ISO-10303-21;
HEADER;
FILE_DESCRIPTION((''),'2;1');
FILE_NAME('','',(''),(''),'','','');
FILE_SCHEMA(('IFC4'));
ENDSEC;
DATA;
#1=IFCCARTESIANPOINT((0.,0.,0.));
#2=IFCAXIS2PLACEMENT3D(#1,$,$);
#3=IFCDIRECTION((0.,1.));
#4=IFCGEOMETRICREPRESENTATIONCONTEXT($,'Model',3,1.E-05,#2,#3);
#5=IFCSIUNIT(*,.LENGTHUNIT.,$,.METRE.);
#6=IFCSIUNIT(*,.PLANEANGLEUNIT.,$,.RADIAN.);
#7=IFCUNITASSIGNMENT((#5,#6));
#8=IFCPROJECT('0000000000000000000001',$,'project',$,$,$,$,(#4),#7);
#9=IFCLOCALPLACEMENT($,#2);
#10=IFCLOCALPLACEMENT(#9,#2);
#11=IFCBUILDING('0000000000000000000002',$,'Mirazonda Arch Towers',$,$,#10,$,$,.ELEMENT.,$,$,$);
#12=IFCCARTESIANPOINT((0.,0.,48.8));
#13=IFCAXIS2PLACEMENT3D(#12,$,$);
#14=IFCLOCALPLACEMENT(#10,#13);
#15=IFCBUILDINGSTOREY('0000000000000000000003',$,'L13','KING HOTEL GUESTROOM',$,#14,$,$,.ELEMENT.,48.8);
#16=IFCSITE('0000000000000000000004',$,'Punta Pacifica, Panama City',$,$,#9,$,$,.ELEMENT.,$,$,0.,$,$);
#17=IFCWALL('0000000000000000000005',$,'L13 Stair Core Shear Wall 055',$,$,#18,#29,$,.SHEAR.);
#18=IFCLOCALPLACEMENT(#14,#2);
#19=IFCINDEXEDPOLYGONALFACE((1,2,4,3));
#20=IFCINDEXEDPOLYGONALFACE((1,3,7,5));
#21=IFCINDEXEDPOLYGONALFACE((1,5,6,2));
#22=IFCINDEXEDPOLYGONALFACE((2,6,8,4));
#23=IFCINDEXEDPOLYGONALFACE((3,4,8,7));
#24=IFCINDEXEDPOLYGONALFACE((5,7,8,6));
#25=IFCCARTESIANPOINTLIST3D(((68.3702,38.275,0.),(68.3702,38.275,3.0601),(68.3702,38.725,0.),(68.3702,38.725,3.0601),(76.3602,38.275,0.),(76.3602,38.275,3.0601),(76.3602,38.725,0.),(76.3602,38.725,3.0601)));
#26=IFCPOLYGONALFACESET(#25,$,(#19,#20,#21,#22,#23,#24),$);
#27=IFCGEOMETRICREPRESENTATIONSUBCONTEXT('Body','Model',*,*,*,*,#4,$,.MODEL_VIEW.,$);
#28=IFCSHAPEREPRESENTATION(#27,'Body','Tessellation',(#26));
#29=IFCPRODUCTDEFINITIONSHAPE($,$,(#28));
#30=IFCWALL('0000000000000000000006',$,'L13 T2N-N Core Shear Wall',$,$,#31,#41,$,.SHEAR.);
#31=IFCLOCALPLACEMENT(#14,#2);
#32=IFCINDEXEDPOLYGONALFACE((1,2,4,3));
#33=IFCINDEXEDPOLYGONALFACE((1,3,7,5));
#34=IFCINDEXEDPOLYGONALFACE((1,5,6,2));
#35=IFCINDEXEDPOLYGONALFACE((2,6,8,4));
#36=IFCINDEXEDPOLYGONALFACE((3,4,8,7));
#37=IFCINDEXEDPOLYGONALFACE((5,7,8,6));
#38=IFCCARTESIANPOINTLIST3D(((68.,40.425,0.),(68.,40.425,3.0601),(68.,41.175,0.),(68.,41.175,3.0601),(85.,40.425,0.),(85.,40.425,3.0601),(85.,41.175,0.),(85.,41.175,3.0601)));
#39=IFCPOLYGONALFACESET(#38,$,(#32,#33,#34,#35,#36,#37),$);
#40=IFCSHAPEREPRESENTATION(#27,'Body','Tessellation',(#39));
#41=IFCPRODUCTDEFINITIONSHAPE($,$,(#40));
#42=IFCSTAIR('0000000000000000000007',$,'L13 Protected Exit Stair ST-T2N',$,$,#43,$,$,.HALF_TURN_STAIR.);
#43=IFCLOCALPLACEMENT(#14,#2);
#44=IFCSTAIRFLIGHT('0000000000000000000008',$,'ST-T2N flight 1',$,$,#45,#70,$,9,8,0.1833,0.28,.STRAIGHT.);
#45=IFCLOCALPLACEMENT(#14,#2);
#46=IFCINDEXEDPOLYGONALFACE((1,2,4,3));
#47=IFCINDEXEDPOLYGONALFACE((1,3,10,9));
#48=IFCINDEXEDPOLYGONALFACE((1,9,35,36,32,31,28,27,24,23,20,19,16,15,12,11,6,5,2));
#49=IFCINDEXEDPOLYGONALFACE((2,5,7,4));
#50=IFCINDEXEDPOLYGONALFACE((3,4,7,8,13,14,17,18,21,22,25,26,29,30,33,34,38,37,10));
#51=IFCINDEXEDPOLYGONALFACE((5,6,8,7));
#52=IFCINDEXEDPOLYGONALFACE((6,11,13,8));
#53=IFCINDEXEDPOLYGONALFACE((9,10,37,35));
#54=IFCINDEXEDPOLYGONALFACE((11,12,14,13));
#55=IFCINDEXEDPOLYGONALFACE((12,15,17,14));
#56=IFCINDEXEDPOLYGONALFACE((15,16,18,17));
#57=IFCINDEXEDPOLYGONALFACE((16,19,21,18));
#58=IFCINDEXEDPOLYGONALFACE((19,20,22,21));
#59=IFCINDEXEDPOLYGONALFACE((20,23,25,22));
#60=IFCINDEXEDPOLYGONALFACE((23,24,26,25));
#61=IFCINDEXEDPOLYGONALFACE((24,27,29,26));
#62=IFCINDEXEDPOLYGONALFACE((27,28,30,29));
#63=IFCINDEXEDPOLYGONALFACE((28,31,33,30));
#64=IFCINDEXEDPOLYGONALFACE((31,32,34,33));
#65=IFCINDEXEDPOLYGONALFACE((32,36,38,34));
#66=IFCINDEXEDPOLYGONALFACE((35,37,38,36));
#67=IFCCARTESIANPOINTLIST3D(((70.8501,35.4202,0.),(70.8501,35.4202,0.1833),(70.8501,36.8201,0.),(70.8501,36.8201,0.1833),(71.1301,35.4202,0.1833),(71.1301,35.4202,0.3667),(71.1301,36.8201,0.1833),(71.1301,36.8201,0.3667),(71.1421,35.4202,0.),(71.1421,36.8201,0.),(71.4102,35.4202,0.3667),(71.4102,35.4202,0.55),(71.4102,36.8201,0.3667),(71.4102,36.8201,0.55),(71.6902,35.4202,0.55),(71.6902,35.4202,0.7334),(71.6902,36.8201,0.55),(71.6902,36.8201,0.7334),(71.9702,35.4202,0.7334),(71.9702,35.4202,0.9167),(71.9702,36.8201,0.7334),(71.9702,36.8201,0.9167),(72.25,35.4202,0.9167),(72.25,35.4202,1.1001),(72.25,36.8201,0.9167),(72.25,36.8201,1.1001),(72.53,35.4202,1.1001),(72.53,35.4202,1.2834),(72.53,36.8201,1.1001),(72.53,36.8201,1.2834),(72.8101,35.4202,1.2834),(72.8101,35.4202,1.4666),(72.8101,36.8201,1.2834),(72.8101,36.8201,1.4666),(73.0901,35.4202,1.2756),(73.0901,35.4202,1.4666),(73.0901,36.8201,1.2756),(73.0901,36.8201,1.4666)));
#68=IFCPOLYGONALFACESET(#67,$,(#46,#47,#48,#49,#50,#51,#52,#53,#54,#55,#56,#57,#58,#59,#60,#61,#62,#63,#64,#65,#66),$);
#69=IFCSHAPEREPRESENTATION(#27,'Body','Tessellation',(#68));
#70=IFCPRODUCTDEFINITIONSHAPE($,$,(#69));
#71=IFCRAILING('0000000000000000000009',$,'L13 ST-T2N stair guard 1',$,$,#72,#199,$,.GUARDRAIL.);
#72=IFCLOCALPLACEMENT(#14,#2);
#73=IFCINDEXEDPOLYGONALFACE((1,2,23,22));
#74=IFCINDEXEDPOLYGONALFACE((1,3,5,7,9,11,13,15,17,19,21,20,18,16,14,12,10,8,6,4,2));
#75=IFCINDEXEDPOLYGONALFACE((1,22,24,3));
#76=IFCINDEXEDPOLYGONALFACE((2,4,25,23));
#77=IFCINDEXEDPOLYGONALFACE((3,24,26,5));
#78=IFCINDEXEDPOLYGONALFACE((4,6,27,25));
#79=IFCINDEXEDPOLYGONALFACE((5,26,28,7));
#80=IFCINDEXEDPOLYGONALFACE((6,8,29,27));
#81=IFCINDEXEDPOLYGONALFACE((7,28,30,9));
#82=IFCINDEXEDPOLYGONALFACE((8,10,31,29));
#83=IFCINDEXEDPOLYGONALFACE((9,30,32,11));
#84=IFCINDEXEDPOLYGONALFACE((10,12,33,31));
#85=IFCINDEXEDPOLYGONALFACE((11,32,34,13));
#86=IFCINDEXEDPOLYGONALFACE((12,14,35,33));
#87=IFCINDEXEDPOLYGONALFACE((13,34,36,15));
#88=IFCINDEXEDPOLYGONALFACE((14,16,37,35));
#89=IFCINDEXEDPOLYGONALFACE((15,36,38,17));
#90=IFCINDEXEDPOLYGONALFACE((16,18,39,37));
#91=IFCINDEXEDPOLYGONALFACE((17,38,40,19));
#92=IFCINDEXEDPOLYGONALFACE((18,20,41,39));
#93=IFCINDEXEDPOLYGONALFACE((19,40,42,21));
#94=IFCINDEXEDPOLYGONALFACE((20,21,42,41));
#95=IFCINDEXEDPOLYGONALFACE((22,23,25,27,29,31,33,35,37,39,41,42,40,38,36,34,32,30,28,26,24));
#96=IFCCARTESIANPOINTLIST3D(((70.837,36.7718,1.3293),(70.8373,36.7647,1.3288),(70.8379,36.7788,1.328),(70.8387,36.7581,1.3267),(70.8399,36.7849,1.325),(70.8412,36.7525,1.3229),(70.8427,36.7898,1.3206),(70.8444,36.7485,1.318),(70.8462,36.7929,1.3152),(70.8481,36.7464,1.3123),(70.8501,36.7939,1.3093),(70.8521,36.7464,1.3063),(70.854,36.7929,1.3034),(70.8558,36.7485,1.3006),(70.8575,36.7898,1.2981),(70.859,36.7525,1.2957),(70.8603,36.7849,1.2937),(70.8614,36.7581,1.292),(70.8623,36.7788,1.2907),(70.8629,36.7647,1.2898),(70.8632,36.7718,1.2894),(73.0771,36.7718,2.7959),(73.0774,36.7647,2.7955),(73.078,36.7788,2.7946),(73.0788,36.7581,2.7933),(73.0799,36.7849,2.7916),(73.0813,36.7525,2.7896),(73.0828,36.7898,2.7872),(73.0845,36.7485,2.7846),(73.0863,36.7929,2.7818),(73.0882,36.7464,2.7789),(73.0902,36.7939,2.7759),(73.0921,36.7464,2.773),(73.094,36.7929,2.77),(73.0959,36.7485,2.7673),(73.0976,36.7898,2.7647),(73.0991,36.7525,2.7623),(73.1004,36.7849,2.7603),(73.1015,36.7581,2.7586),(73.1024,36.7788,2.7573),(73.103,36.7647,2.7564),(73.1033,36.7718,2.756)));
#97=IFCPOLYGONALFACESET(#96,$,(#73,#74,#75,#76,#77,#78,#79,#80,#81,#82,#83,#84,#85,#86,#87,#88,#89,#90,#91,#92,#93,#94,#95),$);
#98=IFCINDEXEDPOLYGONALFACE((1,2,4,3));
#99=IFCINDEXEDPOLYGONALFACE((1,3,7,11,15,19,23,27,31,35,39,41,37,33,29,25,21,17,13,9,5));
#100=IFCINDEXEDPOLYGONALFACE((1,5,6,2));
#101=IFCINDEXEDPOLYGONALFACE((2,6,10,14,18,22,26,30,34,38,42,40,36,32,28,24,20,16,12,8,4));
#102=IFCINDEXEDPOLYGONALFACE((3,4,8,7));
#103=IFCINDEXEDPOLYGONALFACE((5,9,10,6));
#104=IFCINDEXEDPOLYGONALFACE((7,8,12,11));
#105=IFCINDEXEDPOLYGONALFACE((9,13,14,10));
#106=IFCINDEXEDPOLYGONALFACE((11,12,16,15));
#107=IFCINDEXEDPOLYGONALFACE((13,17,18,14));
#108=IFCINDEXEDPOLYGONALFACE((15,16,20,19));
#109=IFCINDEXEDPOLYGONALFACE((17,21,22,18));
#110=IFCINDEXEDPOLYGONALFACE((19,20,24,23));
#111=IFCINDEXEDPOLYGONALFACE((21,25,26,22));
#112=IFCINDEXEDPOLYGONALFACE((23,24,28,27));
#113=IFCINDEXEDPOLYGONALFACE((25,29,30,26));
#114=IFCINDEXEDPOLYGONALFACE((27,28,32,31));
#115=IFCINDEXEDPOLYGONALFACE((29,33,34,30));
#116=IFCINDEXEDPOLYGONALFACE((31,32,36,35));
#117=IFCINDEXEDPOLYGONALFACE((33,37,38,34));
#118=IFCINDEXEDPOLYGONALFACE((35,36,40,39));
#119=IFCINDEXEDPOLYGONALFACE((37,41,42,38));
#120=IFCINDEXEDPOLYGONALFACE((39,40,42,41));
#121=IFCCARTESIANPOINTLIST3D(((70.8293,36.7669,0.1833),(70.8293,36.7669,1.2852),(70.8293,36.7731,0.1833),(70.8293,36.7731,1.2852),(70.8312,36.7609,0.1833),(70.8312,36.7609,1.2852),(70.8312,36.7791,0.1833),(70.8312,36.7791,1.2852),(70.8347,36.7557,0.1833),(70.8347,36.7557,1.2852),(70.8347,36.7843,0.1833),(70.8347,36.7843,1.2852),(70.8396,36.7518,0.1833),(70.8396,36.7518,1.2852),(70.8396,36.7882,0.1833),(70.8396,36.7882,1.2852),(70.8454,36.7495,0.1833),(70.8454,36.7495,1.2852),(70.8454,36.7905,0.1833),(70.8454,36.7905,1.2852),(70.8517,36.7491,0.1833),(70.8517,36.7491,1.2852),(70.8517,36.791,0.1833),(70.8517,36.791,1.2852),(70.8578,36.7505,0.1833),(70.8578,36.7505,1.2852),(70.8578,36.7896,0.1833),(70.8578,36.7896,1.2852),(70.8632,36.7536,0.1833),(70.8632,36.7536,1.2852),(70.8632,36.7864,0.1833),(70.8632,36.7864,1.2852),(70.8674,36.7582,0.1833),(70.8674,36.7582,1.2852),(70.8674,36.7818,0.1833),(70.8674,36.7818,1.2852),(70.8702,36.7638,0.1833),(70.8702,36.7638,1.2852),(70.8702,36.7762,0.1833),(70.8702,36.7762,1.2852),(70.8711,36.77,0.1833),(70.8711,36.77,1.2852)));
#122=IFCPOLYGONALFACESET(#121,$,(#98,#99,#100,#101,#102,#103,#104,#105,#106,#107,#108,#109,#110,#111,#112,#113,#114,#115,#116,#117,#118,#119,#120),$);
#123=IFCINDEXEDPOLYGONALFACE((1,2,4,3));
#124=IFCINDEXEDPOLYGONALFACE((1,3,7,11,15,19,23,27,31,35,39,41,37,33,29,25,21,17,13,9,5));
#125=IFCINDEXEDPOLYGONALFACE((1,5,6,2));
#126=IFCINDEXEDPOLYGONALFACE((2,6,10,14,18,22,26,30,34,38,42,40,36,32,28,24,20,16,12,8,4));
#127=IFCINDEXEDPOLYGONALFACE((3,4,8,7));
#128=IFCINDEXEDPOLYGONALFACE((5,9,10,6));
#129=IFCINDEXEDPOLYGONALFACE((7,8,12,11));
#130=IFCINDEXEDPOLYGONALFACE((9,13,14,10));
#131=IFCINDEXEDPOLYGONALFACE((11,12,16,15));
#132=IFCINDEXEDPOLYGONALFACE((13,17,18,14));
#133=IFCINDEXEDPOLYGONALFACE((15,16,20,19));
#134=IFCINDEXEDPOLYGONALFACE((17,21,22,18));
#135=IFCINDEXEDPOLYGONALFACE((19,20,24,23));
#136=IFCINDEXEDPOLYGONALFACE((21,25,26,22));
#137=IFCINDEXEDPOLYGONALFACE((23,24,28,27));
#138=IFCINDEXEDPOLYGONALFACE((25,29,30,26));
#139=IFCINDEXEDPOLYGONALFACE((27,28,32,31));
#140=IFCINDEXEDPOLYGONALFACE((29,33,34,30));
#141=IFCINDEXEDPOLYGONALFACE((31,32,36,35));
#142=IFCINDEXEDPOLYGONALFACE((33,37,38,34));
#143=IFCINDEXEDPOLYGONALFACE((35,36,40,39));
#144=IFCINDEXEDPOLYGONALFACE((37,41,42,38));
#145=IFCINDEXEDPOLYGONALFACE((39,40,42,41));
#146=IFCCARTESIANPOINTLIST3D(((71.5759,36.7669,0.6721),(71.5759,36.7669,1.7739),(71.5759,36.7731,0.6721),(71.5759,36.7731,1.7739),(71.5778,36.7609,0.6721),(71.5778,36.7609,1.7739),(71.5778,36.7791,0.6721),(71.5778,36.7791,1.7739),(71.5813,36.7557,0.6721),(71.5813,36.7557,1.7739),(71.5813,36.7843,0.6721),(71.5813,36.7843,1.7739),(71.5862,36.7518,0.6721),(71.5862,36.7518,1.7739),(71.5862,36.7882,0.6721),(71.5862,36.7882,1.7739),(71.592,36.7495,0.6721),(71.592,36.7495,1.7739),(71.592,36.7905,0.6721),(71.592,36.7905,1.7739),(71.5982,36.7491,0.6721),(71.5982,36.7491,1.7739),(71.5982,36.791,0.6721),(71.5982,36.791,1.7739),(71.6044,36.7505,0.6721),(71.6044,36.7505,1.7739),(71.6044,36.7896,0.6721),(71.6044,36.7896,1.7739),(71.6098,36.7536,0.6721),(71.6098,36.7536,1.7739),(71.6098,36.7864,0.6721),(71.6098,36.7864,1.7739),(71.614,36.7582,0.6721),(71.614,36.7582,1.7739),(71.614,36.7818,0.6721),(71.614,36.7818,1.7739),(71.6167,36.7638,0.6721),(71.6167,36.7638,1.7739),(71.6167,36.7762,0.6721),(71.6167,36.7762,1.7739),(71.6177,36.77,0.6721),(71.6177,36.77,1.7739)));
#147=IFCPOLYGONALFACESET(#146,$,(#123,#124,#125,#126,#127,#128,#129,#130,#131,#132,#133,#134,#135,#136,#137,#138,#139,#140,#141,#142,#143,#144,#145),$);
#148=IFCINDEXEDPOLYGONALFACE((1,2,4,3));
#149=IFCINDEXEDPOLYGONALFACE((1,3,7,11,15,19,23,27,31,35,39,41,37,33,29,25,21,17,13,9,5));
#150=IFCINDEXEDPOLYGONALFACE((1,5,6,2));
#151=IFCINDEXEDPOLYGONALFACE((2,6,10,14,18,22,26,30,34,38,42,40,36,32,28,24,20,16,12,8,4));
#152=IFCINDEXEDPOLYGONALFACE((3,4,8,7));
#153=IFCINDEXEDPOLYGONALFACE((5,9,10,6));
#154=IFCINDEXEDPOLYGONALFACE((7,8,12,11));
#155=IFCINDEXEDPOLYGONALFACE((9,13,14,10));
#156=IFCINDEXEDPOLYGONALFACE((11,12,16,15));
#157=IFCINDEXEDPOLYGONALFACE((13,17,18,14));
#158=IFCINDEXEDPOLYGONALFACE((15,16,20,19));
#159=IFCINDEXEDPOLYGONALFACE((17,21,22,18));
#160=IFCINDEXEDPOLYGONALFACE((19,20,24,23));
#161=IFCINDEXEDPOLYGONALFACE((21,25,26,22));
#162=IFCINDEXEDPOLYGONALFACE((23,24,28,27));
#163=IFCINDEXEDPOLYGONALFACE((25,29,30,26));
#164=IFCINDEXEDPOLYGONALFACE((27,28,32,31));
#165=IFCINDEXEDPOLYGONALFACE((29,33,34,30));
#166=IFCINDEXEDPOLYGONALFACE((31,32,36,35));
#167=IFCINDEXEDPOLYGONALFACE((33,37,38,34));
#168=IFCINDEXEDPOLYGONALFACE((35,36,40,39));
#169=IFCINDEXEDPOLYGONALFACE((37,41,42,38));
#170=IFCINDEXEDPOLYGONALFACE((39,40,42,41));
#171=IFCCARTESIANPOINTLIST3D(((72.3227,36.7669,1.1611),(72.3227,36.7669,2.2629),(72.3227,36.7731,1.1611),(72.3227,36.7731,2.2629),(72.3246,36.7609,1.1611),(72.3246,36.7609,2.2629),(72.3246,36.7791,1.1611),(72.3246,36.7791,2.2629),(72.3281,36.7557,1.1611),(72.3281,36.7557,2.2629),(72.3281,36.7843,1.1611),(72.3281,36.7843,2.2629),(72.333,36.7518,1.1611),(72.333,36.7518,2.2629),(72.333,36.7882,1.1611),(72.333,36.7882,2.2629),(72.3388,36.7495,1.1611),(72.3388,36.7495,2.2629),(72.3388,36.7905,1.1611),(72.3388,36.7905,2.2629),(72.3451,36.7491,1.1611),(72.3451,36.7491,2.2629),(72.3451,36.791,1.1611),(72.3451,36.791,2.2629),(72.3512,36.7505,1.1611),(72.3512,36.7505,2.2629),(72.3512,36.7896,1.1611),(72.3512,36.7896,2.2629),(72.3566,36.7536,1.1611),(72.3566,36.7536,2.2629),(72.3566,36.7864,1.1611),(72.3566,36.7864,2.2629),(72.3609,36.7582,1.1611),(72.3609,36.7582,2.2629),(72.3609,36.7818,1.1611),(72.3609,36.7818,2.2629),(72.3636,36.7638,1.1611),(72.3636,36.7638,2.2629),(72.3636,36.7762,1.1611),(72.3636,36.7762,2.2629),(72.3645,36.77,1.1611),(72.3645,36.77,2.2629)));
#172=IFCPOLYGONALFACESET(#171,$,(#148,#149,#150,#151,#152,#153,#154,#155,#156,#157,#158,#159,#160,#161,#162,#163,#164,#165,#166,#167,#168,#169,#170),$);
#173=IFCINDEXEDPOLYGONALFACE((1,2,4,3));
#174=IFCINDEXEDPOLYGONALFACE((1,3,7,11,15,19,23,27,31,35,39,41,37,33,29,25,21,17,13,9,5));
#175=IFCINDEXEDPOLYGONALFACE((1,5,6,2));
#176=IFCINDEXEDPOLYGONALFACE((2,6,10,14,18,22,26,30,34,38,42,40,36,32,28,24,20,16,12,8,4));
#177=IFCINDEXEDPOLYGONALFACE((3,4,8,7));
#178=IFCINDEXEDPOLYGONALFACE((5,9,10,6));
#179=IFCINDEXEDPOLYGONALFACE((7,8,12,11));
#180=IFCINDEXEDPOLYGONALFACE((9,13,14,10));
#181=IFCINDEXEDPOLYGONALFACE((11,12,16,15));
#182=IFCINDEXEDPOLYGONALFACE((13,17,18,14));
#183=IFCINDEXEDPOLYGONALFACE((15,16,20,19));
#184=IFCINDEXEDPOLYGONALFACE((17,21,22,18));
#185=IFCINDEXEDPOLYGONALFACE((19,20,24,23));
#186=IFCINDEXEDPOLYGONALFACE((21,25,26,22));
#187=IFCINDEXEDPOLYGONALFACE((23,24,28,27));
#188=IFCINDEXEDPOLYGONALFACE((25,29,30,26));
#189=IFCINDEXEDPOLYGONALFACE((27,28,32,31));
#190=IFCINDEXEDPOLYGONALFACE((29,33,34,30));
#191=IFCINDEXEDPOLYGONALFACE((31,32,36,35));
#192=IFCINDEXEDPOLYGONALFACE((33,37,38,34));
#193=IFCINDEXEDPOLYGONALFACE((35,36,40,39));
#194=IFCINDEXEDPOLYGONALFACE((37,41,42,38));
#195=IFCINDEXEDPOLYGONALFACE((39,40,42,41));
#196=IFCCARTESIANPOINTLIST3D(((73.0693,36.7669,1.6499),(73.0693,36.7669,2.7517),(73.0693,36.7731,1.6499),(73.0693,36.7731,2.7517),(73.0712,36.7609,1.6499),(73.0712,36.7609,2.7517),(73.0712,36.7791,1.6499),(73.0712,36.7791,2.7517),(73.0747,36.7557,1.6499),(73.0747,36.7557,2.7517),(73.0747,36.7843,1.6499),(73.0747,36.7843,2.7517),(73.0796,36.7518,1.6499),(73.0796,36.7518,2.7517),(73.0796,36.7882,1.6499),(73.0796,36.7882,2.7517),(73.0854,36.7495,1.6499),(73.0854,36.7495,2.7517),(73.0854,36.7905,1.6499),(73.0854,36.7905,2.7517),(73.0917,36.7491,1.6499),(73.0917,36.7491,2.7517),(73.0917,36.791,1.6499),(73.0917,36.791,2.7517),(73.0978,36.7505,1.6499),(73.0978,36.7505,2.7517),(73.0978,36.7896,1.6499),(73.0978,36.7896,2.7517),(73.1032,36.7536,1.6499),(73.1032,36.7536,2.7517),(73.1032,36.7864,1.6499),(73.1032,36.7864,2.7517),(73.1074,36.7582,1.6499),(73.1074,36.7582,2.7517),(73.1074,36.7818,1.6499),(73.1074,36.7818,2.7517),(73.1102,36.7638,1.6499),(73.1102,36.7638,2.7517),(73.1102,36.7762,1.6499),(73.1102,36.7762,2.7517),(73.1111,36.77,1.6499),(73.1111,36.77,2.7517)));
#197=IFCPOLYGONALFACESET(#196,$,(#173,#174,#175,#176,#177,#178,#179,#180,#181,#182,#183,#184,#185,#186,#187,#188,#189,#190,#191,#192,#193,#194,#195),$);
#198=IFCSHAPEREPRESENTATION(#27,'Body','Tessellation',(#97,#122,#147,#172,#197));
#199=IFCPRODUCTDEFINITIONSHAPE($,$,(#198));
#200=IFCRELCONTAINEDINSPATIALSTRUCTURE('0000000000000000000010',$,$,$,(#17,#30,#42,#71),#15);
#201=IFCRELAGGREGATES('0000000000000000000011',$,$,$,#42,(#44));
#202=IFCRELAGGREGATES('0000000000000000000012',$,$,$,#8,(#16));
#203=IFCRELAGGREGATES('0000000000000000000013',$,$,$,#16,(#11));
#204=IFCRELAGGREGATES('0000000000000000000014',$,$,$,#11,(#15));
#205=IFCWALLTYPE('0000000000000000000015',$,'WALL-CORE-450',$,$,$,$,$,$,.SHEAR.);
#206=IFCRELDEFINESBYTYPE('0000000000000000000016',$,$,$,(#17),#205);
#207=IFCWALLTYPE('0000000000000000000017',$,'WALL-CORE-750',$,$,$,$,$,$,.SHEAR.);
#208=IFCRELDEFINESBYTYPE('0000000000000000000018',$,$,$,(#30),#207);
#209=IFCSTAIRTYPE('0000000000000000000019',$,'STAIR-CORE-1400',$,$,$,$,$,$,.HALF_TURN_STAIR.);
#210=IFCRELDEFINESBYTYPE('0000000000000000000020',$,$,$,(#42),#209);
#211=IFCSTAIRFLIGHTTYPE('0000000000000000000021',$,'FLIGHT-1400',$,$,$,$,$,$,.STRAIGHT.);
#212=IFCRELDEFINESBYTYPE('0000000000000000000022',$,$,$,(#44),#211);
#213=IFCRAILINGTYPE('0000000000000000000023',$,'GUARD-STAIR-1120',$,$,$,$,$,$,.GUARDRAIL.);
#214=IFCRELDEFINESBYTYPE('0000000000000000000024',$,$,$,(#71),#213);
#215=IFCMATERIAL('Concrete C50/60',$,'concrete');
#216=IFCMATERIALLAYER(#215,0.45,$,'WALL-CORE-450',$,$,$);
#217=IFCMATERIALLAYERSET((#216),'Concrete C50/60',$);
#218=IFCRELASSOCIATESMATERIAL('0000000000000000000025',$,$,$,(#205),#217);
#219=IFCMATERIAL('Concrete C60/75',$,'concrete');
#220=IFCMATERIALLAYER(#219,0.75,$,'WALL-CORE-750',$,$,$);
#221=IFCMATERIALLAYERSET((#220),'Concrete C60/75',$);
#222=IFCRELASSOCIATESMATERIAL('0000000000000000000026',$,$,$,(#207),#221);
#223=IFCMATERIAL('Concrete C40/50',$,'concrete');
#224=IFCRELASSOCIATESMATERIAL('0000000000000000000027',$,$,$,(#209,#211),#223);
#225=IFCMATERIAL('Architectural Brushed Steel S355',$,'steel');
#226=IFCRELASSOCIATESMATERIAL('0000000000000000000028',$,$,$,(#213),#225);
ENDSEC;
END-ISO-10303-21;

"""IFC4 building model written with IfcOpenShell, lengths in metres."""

from ifc_helpers import new_model, si_unit, direction, frame, frame_2d, origin, origin_2d, place, context, subcontext, project, spatial, polyline, rectangle, circle, outline, extrude, material, layer, layer_set, type_object, element, aggregate, save


model = new_model("IFC4")

# Units and contexts
model_context = context("Model", 3, precision=1e-05, world=origin(), true_north=direction((0.0, 1.0)))
body_context = subcontext(model_context, "Body", "Model", "MODEL_VIEW")
ifc_project = project(units=[si_unit("LENGTHUNIT", "METRE"), si_unit("PLANEANGLEUNIT", "RADIAN")], contexts=[model_context])

# Site, building, storey
site_placement = place(None, origin())
site = spatial("IfcSite", under=ifc_project, at=site_placement, Name="Punta Pacifica, Panama City", CompositionType="ELEMENT", RefElevation=0.0)
building_placement = place(site_placement, origin())
building = spatial("IfcBuilding", under=site, at=building_placement, Name="Mirazonda Arch Towers", CompositionType="ELEMENT")
storey_placement = place(building_placement, frame((0.0, 0.0, 48.8)))
storey = spatial("IfcBuildingStorey", under=building, at=storey_placement, Name="L13", Description="KING HOTEL GUESTROOM", CompositionType="ELEMENT", Elevation=48.8)

# Shared definitions
ifc_material_1 = material(Name="Concrete C60/75", Category="concrete")

# Walls
ifc_material_2 = material(Name="Concrete C50/60", Category="concrete")
ifc_layer_1 = layer(ifc_material_2, 0.45, Name="WALL-CORE-450")
ifc_layer_set_1 = layer_set([ifc_layer_1], Name="Concrete C50/60")
wall_type_1 = type_object("IfcWallType", Name="WALL-CORE-450", PredefinedType="SHEAR", material=ifc_layer_set_1)
wall_1_placement = place(storey_placement, frame((68.3701, 38.5, 0.0), z_axis=(0.0, 0.0, 1.0), x_axis=(1.0, 0.0, 0.0)))
element("IfcWall", 1, at=wall_1_placement, inside=storey, type_object=wall_type_1, Name="L13 Stair Core Shear Wall 055", PredefinedType="SHEAR", context=body_context, shape_type="SweptSolid", body=[
    extrude(rectangle(XDim=7.99, YDim=0.45, at=frame_2d((3.9951, 0.0))), origin(), (0.0, 0.0, 1.0), 3.0601),
])
ifc_layer_2 = layer(ifc_material_1, 0.75, Name="WALL-CORE-750")
ifc_layer_set_2 = layer_set([ifc_layer_2], Name="Concrete C60/75")
wall_type_2 = type_object("IfcWallType", Name="WALL-CORE-750", PredefinedType="SHEAR", material=ifc_layer_set_2)
wall_2_placement = place(storey_placement, frame((68.0, 40.8, 0.0), z_axis=(0.0, 0.0, 1.0), x_axis=(1.0, 0.0, 0.0)))
element("IfcWall", 2, at=wall_2_placement, inside=storey, type_object=wall_type_2, Name="L13 T2N-N Core Shear Wall", PredefinedType="SHEAR", context=body_context, shape_type="SweptSolid", body=[
    extrude(rectangle(XDim=17.0, YDim=0.75, at=frame_2d((8.5, 0.0))), origin(), (0.0, 0.0, 1.0), 3.0601),
])

# Stair, stair flight
ifc_material_3 = material(Name="Concrete C40/50", Category="concrete")
stair_type = type_object("IfcStairType", Name="STAIR-CORE-1400", PredefinedType="HALF_TURN_STAIR", material=ifc_material_3)
stair_placement = place(storey_placement, origin())
stair = element("IfcStair", 3, at=stair_placement, inside=storey, type_object=stair_type, Name="L13 Protected Exit Stair ST-T2N", PredefinedType="HALF_TURN_STAIR")
stair_flight_type = type_object("IfcStairFlightType", Name="FLIGHT-1400", PredefinedType="STRAIGHT", material=ifc_material_3)
stair_flight_placement = place(storey_placement, frame((70.8501, 36.1201, 0.0), z_axis=(0.0, 0.0, 1.0), x_axis=(1.0, 0.0, 0.0)))
stair_flight = element("IfcStairFlight", 4, at=stair_flight_placement, type_object=stair_flight_type, Name="ST-T2N flight 1", NumberOfRisers=9, NumberOfTreads=8, PredefinedType="STRAIGHT", RiserHeight=0.1833, TreadLength=0.28, context=body_context, shape_type="SweptSolid", body=[
    extrude(outline(polyline([(0.0, 0.0), (0.0, 0.1833), (0.28, 0.1833), (0.28, 0.3667), (0.5601, 0.3667), (0.5601, 0.55), (0.8401, 0.55), (0.8401, 0.7334), (1.1201, 0.7334), (1.1201, 0.9167), (1.3999, 0.9167), (1.3999, 1.1001), (1.6799, 1.1001), (1.6799, 1.2834), (1.96, 1.2834), (1.96, 1.4666), (2.24, 1.4666), (2.24, 1.6499), (2.24, 1.2756), (0.292, 0.0), (0.0, 0.0)])), frame((0.0, 0.7, 0.0), z_axis=(0.0, -1.0, 0.0), x_axis=(1.0, 0.0, 0.0)), (0.0, 0.0, 1.0), 1.3999),
])
aggregate(stair, [stair_flight])

# Railing
ifc_material_4 = material(Name="Architectural Brushed Steel S355", Category="steel")
railing_type = type_object("IfcRailingType", Name="GUARD-STAIR-1120", PredefinedType="GUARDRAIL", material=ifc_material_4)
railing_1_placement = place(storey_placement, frame((70.8501, 36.77, 0.1833)))
element("IfcRailing", 5, at=railing_1_placement, inside=storey, type_object=railing_type, Name="L13 ST-T2N stair guard 1", PredefinedType="GUARDRAIL", context=body_context, shape_type="SweptSolid", body=[
    extrude(circle(Radius=0.0239, at=origin_2d()), frame((0.0, 0.0, 1.126), z_axis=(0.836637, 0.0, 0.547758), x_axis=(0.0, 1.0, 0.0)), (0.0, 0.0, 1.0), 2.6775),
    extrude(circle(Radius=0.021, at=origin_2d()), origin(), (0.0, 0.0, 1.0), 1.1018),
    extrude(circle(Radius=0.021, at=origin_2d()), frame((0.7466, 0.0, 0.4888)), (0.0, 0.0, 1.0), 1.1018),
    extrude(circle(Radius=0.021, at=origin_2d()), frame((1.4934, 0.0, 0.9778)), (0.0, 0.0, 1.0), 1.1018),
    extrude(circle(Radius=0.021, at=origin_2d()), frame((2.24, 0.0, 1.4666)), (0.0, 0.0, 1.0), 1.1018),
])

save(model, "model.ifc")
